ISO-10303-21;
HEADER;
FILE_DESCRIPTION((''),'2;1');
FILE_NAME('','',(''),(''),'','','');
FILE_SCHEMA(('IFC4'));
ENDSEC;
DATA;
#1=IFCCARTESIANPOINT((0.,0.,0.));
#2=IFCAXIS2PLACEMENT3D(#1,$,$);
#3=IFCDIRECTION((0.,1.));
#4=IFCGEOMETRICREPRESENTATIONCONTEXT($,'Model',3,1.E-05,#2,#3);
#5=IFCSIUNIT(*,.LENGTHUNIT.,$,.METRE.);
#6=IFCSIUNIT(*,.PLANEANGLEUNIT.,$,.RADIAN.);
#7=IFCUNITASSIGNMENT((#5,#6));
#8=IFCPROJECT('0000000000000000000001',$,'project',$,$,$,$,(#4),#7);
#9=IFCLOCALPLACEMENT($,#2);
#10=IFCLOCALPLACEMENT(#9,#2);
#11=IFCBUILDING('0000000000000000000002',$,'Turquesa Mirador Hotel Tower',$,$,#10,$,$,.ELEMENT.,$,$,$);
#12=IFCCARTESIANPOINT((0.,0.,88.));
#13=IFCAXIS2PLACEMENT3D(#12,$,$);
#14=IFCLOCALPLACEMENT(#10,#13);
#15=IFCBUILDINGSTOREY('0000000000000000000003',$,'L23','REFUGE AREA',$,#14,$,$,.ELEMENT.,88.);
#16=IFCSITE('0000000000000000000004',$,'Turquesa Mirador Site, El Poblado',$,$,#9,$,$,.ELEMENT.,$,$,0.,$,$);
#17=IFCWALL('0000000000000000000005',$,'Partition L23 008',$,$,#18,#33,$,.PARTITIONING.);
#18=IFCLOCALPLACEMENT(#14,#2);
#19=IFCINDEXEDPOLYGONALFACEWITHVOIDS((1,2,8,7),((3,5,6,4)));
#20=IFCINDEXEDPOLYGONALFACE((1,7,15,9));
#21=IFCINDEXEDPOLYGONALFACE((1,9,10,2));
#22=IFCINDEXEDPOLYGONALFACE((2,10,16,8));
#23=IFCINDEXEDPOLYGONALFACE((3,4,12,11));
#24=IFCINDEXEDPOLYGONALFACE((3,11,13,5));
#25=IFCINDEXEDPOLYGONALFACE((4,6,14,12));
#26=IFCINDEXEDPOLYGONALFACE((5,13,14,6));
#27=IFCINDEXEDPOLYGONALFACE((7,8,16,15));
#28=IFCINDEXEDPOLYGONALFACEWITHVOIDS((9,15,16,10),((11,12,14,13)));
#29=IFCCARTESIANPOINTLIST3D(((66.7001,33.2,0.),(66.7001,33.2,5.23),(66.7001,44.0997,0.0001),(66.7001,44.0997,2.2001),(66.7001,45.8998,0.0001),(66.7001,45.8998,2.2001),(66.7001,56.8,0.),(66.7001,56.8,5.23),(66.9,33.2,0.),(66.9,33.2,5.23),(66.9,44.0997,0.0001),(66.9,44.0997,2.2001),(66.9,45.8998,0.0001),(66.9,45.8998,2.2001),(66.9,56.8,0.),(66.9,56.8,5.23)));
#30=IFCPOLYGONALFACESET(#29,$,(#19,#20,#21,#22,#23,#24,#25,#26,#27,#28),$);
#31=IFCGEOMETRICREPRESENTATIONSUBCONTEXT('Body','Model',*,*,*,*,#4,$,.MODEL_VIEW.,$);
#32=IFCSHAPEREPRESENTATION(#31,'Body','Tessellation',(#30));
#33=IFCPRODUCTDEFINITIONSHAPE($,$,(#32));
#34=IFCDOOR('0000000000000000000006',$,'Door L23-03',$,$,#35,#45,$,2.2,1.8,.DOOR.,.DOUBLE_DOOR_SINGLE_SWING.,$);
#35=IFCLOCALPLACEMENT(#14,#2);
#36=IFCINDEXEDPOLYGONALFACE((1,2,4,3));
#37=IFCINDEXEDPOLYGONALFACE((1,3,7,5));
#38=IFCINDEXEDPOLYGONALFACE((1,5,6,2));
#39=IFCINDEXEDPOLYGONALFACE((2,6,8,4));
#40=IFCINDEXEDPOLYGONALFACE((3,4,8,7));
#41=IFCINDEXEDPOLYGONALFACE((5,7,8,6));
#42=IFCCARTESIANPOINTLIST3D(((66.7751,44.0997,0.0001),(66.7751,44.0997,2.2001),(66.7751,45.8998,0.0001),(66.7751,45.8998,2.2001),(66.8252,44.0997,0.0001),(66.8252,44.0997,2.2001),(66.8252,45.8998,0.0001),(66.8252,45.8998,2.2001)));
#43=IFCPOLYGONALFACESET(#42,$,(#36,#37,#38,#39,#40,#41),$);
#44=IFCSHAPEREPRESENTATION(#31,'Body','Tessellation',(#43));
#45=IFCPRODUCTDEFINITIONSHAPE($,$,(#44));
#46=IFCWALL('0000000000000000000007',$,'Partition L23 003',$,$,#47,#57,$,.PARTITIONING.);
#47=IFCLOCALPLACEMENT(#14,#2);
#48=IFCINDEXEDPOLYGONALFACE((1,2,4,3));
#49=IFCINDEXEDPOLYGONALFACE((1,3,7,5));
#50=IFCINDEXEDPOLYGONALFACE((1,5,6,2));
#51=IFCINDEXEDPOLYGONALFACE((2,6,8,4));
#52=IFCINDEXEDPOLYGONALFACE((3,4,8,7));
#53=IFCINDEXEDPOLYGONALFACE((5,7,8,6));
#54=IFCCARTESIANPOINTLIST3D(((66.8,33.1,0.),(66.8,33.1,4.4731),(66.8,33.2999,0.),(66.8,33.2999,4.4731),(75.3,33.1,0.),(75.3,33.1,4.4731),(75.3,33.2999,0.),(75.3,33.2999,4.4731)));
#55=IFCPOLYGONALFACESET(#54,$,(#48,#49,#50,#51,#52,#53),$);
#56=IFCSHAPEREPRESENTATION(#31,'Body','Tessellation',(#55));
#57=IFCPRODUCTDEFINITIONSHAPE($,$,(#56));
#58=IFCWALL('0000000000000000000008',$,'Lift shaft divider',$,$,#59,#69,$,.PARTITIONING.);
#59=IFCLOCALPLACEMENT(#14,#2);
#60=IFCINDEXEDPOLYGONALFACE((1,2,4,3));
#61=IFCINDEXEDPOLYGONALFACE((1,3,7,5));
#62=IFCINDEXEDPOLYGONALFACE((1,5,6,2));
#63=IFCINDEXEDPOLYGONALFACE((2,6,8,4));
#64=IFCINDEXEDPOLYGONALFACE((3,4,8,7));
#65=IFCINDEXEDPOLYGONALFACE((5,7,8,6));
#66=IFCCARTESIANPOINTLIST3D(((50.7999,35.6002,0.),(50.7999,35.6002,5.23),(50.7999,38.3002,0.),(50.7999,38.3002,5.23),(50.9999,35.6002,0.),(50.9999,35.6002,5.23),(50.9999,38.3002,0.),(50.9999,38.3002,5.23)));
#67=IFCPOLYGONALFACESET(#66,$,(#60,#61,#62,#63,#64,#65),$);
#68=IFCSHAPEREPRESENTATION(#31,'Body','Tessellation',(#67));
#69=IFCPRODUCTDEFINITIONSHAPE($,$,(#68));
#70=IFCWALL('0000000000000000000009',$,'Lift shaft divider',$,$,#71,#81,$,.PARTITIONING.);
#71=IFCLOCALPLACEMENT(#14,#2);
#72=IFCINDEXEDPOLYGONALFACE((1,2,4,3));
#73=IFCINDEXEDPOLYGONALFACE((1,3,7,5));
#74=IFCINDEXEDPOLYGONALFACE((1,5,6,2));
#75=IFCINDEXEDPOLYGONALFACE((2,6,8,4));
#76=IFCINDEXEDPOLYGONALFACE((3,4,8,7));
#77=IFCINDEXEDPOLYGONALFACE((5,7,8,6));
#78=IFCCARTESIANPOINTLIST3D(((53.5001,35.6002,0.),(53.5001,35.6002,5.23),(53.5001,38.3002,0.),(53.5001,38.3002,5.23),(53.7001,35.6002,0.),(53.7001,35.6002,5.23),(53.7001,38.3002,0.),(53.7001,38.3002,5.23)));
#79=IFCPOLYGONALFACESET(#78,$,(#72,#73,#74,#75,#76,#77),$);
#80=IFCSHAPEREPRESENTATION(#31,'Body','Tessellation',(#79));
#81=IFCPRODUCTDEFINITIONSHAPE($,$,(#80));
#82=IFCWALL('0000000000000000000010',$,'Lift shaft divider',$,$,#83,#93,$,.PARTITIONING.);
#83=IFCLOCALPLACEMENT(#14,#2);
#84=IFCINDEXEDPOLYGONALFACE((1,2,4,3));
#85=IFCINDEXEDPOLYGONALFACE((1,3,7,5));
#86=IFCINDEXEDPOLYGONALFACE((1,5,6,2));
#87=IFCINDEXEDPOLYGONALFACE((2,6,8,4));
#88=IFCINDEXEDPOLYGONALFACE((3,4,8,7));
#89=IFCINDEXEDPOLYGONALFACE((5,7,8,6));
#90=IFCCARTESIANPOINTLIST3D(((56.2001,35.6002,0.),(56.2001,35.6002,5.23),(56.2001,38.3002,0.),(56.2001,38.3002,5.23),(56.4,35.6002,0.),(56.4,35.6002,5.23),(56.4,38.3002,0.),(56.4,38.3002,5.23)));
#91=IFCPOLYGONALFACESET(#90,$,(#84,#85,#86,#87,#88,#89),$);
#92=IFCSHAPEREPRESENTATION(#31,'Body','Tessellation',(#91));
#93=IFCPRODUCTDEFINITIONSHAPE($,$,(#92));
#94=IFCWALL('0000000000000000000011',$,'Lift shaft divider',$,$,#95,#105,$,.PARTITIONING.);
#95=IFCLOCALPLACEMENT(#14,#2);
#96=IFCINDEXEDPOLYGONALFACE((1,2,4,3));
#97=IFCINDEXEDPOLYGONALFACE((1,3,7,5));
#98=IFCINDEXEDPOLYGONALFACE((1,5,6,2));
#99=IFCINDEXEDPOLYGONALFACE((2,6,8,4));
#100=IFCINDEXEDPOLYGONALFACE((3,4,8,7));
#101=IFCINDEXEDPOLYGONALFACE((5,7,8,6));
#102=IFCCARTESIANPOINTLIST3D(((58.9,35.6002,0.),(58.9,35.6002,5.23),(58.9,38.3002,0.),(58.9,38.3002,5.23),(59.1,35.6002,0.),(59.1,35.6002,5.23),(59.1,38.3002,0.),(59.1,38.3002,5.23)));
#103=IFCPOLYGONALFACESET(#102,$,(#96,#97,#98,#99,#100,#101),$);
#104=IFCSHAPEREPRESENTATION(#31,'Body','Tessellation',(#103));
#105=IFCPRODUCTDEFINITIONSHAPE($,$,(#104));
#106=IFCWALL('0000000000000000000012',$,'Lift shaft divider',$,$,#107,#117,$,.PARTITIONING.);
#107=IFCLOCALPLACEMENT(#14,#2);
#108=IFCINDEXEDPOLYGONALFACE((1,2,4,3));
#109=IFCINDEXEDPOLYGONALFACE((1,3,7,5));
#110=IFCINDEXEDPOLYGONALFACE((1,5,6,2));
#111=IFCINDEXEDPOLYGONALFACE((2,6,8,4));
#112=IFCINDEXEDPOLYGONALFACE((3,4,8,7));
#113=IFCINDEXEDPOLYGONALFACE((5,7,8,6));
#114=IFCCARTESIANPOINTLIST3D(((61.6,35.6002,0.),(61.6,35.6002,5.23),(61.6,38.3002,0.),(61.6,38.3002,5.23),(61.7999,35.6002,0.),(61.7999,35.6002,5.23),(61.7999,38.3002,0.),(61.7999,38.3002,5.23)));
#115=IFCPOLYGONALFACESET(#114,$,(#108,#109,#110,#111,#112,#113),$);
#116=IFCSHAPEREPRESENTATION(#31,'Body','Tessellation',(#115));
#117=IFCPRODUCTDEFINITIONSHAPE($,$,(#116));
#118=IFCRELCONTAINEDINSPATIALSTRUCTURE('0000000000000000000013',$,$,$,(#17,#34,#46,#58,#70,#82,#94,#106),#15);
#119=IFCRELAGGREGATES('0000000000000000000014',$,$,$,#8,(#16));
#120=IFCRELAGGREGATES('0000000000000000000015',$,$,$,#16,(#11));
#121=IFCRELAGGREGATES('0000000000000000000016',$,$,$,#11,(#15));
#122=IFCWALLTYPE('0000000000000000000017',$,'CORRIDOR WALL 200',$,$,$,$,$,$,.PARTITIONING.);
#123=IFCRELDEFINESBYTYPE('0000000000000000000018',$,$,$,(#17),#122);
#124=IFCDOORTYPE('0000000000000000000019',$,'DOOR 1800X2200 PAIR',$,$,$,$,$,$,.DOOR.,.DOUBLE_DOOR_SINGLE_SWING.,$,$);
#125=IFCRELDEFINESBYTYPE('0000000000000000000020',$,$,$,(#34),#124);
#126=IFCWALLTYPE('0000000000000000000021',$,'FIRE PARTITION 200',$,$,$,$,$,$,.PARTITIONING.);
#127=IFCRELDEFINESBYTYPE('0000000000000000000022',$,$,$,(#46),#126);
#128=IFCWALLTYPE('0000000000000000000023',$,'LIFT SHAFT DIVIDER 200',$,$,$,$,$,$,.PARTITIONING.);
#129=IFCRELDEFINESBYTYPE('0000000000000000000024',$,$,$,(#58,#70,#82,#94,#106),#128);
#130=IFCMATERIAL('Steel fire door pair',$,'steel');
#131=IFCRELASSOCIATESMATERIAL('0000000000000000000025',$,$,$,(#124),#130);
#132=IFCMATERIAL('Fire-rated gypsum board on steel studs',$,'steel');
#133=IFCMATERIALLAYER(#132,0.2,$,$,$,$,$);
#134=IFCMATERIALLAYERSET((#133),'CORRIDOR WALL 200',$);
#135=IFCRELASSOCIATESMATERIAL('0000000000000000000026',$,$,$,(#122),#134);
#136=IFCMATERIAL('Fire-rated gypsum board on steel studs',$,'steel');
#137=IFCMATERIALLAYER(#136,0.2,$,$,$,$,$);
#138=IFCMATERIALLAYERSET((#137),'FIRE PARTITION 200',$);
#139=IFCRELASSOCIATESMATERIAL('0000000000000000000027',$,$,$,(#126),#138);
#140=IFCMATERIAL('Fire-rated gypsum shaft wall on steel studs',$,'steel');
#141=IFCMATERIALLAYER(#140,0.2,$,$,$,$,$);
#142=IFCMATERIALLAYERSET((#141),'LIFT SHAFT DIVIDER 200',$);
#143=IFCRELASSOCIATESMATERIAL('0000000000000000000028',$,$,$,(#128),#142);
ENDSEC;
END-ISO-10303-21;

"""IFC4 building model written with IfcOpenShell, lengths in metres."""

from ifc_helpers import new_model, si_unit, direction, frame, frame_2d, origin, place, context, subcontext, project, spatial, rectangle, extrude, material, layer, layer_set, type_object, element, fill, save


model = new_model("IFC4")

# Units and contexts
model_context = context("Model", 3, precision=1e-05, world=origin(), true_north=direction((0.0, 1.0)))
body_context = subcontext(model_context, "Body", "Model", "MODEL_VIEW")
ifc_project = project(units=[si_unit("LENGTHUNIT", "METRE"), si_unit("PLANEANGLEUNIT", "RADIAN")], contexts=[model_context])

# Site, building, storey
site_placement = place(None, origin())
site = spatial("IfcSite", under=ifc_project, at=site_placement, Name="Turquesa Mirador Site, El Poblado", CompositionType="ELEMENT", RefElevation=0.0)
building_placement = place(site_placement, origin())
building = spatial("IfcBuilding", under=site, at=building_placement, Name="Turquesa Mirador Hotel Tower", CompositionType="ELEMENT")
storey_placement = place(building_placement, frame((0.0, 0.0, 88.0)))
storey = spatial("IfcBuildingStorey", under=building, at=storey_placement, Name="L23", Description="REFUGE AREA", CompositionType="ELEMENT", Elevation=88.0)

# Shared definitions
ifc_material_1 = material(Name="Steel fire door pair", Category="steel")
door_type_1 = type_object("IfcDoorType", Name="DOOR 1800X2200 PAIR", OperationType="DOUBLE_DOOR_SINGLE_SWING", PredefinedType="DOOR", material=ifc_material_1)

# Wall, opening, door
ifc_material_2 = material(Name="Fire-rated gypsum board on steel studs", Category="steel")
ifc_layer_1 = layer(ifc_material_2, 0.2)
ifc_layer_set_1 = layer_set([ifc_layer_1], Name="CORRIDOR WALL 200")
wall_type_1 = type_object("IfcWallType", Name="CORRIDOR WALL 200", PredefinedType="PARTITIONING", material=ifc_layer_set_1)
wall_1_placement = place(storey_placement, frame((66.8, 33.2, 0.0), z_axis=(0.0, 0.0, 1.0), x_axis=(0.0, 1.0, 0.0)))
wall_1 = element("IfcWall", 1, at=wall_1_placement, inside=storey, type_object=wall_type_1, Name="Partition L23 008", PredefinedType="PARTITIONING", context=body_context, shape_type="SweptSolid", body=[
    extrude(rectangle(XDim=23.6001, YDim=0.2, at=frame_2d((11.8, 0.0))), origin(), (0.0, 0.0, 1.0), 5.23),
])
opening_1_placement = place(wall_1_placement, frame((10.8999, 0.0, 0.0)))
opening_1 = element("IfcOpeningElement", 2, at=opening_1_placement, cuts=wall_1, PredefinedType="OPENING", context=body_context, shape_type="SweptSolid", body=[
    extrude(rectangle(XDim=1.8, YDim=2.2, at=frame_2d((0.8999, 1.1001))), frame((0.0, 0.1099, 0.0), z_axis=(0.0, -1.0, 0.0), x_axis=(1.0, 0.0, 0.0)), (0.0, 0.0, 1.0), 0.22),
])
door_1_placement = place(opening_1_placement, origin())
door_1 = element("IfcDoor", 3, at=door_1_placement, inside=storey, type_object=door_type_1, Name="Door L23-03", OperationType="DOUBLE_DOOR_SINGLE_SWING", OverallHeight=2.2, OverallWidth=1.8, PredefinedType="DOOR", context=body_context, shape_type="SweptSolid", body=[
    extrude(rectangle(XDim=1.8, YDim=2.2, at=frame_2d((0.8999, 1.1001))), frame((0.0, 0.0249, 0.0), z_axis=(0.0, -1.0, 0.0), x_axis=(1.0, 0.0, 0.0)), (0.0, 0.0, 1.0), 0.05),
])
fill(opening_1, door_1)

# Walls
ifc_material_3 = material(Name="Fire-rated gypsum board on steel studs", Category="steel")
ifc_layer_2 = layer(ifc_material_3, 0.2)
ifc_layer_set_2 = layer_set([ifc_layer_2], Name="FIRE PARTITION 200")
wall_type_2 = type_object("IfcWallType", Name="FIRE PARTITION 200", PredefinedType="PARTITIONING", material=ifc_layer_set_2)
wall_2_placement = place(storey_placement, frame((66.8, 33.2, 0.0), z_axis=(0.0, 0.0, 1.0), x_axis=(1.0, 0.0, 0.0)))
element("IfcWall", 4, at=wall_2_placement, inside=storey, type_object=wall_type_2, Name="Partition L23 003", PredefinedType="PARTITIONING", context=body_context, shape_type="SweptSolid", body=[
    extrude(rectangle(XDim=8.5, YDim=0.2, at=frame_2d((4.25, 0.0))), origin(), (0.0, 0.0, 1.0), 4.4731),
])
ifc_material_4 = material(Name="Fire-rated gypsum shaft wall on steel studs", Category="steel")
ifc_layer_3 = layer(ifc_material_4, 0.2)
ifc_layer_set_3 = layer_set([ifc_layer_3], Name="LIFT SHAFT DIVIDER 200")
wall_type_3 = type_object("IfcWallType", Name="LIFT SHAFT DIVIDER 200", PredefinedType="PARTITIONING", material=ifc_layer_set_3)
for number, where, z_axis, x_axis, name in (
    (5, (50.8999, 35.6001, 0.0), (0.0, 0.0, 1.0), (0.0, 1.0, 0.0), "Lift shaft divider"),
    (6, (53.6001, 35.6001, 0.0), (0.0, 0.0, 1.0), (0.0, 1.0, 0.0), "Lift shaft divider"),
    (7, (56.3, 35.6001, 0.0), (0.0, 0.0, 1.0), (0.0, 1.0, 0.0), "Lift shaft divider"),
    (8, (59.0, 35.6001, 0.0), (0.0, 0.0, 1.0), (0.0, 1.0, 0.0), "Lift shaft divider"),
    (9, (61.7, 35.6001, 0.0), (0.0, 0.0, 1.0), (0.0, 1.0, 0.0), "Lift shaft divider"),
):
    element("IfcWall", number, at=place(storey_placement, frame(where, z_axis=z_axis, x_axis=x_axis)), inside=storey, type_object=wall_type_3, Name=name, PredefinedType="PARTITIONING", context=body_context, shape_type="SweptSolid", body=[
        extrude(rectangle(XDim=2.7, YDim=0.2, at=frame_2d((1.3501, 0.0))), origin(), (0.0, 0.0, 1.0), 5.23),
    ])

save(model, "model.ifc")
